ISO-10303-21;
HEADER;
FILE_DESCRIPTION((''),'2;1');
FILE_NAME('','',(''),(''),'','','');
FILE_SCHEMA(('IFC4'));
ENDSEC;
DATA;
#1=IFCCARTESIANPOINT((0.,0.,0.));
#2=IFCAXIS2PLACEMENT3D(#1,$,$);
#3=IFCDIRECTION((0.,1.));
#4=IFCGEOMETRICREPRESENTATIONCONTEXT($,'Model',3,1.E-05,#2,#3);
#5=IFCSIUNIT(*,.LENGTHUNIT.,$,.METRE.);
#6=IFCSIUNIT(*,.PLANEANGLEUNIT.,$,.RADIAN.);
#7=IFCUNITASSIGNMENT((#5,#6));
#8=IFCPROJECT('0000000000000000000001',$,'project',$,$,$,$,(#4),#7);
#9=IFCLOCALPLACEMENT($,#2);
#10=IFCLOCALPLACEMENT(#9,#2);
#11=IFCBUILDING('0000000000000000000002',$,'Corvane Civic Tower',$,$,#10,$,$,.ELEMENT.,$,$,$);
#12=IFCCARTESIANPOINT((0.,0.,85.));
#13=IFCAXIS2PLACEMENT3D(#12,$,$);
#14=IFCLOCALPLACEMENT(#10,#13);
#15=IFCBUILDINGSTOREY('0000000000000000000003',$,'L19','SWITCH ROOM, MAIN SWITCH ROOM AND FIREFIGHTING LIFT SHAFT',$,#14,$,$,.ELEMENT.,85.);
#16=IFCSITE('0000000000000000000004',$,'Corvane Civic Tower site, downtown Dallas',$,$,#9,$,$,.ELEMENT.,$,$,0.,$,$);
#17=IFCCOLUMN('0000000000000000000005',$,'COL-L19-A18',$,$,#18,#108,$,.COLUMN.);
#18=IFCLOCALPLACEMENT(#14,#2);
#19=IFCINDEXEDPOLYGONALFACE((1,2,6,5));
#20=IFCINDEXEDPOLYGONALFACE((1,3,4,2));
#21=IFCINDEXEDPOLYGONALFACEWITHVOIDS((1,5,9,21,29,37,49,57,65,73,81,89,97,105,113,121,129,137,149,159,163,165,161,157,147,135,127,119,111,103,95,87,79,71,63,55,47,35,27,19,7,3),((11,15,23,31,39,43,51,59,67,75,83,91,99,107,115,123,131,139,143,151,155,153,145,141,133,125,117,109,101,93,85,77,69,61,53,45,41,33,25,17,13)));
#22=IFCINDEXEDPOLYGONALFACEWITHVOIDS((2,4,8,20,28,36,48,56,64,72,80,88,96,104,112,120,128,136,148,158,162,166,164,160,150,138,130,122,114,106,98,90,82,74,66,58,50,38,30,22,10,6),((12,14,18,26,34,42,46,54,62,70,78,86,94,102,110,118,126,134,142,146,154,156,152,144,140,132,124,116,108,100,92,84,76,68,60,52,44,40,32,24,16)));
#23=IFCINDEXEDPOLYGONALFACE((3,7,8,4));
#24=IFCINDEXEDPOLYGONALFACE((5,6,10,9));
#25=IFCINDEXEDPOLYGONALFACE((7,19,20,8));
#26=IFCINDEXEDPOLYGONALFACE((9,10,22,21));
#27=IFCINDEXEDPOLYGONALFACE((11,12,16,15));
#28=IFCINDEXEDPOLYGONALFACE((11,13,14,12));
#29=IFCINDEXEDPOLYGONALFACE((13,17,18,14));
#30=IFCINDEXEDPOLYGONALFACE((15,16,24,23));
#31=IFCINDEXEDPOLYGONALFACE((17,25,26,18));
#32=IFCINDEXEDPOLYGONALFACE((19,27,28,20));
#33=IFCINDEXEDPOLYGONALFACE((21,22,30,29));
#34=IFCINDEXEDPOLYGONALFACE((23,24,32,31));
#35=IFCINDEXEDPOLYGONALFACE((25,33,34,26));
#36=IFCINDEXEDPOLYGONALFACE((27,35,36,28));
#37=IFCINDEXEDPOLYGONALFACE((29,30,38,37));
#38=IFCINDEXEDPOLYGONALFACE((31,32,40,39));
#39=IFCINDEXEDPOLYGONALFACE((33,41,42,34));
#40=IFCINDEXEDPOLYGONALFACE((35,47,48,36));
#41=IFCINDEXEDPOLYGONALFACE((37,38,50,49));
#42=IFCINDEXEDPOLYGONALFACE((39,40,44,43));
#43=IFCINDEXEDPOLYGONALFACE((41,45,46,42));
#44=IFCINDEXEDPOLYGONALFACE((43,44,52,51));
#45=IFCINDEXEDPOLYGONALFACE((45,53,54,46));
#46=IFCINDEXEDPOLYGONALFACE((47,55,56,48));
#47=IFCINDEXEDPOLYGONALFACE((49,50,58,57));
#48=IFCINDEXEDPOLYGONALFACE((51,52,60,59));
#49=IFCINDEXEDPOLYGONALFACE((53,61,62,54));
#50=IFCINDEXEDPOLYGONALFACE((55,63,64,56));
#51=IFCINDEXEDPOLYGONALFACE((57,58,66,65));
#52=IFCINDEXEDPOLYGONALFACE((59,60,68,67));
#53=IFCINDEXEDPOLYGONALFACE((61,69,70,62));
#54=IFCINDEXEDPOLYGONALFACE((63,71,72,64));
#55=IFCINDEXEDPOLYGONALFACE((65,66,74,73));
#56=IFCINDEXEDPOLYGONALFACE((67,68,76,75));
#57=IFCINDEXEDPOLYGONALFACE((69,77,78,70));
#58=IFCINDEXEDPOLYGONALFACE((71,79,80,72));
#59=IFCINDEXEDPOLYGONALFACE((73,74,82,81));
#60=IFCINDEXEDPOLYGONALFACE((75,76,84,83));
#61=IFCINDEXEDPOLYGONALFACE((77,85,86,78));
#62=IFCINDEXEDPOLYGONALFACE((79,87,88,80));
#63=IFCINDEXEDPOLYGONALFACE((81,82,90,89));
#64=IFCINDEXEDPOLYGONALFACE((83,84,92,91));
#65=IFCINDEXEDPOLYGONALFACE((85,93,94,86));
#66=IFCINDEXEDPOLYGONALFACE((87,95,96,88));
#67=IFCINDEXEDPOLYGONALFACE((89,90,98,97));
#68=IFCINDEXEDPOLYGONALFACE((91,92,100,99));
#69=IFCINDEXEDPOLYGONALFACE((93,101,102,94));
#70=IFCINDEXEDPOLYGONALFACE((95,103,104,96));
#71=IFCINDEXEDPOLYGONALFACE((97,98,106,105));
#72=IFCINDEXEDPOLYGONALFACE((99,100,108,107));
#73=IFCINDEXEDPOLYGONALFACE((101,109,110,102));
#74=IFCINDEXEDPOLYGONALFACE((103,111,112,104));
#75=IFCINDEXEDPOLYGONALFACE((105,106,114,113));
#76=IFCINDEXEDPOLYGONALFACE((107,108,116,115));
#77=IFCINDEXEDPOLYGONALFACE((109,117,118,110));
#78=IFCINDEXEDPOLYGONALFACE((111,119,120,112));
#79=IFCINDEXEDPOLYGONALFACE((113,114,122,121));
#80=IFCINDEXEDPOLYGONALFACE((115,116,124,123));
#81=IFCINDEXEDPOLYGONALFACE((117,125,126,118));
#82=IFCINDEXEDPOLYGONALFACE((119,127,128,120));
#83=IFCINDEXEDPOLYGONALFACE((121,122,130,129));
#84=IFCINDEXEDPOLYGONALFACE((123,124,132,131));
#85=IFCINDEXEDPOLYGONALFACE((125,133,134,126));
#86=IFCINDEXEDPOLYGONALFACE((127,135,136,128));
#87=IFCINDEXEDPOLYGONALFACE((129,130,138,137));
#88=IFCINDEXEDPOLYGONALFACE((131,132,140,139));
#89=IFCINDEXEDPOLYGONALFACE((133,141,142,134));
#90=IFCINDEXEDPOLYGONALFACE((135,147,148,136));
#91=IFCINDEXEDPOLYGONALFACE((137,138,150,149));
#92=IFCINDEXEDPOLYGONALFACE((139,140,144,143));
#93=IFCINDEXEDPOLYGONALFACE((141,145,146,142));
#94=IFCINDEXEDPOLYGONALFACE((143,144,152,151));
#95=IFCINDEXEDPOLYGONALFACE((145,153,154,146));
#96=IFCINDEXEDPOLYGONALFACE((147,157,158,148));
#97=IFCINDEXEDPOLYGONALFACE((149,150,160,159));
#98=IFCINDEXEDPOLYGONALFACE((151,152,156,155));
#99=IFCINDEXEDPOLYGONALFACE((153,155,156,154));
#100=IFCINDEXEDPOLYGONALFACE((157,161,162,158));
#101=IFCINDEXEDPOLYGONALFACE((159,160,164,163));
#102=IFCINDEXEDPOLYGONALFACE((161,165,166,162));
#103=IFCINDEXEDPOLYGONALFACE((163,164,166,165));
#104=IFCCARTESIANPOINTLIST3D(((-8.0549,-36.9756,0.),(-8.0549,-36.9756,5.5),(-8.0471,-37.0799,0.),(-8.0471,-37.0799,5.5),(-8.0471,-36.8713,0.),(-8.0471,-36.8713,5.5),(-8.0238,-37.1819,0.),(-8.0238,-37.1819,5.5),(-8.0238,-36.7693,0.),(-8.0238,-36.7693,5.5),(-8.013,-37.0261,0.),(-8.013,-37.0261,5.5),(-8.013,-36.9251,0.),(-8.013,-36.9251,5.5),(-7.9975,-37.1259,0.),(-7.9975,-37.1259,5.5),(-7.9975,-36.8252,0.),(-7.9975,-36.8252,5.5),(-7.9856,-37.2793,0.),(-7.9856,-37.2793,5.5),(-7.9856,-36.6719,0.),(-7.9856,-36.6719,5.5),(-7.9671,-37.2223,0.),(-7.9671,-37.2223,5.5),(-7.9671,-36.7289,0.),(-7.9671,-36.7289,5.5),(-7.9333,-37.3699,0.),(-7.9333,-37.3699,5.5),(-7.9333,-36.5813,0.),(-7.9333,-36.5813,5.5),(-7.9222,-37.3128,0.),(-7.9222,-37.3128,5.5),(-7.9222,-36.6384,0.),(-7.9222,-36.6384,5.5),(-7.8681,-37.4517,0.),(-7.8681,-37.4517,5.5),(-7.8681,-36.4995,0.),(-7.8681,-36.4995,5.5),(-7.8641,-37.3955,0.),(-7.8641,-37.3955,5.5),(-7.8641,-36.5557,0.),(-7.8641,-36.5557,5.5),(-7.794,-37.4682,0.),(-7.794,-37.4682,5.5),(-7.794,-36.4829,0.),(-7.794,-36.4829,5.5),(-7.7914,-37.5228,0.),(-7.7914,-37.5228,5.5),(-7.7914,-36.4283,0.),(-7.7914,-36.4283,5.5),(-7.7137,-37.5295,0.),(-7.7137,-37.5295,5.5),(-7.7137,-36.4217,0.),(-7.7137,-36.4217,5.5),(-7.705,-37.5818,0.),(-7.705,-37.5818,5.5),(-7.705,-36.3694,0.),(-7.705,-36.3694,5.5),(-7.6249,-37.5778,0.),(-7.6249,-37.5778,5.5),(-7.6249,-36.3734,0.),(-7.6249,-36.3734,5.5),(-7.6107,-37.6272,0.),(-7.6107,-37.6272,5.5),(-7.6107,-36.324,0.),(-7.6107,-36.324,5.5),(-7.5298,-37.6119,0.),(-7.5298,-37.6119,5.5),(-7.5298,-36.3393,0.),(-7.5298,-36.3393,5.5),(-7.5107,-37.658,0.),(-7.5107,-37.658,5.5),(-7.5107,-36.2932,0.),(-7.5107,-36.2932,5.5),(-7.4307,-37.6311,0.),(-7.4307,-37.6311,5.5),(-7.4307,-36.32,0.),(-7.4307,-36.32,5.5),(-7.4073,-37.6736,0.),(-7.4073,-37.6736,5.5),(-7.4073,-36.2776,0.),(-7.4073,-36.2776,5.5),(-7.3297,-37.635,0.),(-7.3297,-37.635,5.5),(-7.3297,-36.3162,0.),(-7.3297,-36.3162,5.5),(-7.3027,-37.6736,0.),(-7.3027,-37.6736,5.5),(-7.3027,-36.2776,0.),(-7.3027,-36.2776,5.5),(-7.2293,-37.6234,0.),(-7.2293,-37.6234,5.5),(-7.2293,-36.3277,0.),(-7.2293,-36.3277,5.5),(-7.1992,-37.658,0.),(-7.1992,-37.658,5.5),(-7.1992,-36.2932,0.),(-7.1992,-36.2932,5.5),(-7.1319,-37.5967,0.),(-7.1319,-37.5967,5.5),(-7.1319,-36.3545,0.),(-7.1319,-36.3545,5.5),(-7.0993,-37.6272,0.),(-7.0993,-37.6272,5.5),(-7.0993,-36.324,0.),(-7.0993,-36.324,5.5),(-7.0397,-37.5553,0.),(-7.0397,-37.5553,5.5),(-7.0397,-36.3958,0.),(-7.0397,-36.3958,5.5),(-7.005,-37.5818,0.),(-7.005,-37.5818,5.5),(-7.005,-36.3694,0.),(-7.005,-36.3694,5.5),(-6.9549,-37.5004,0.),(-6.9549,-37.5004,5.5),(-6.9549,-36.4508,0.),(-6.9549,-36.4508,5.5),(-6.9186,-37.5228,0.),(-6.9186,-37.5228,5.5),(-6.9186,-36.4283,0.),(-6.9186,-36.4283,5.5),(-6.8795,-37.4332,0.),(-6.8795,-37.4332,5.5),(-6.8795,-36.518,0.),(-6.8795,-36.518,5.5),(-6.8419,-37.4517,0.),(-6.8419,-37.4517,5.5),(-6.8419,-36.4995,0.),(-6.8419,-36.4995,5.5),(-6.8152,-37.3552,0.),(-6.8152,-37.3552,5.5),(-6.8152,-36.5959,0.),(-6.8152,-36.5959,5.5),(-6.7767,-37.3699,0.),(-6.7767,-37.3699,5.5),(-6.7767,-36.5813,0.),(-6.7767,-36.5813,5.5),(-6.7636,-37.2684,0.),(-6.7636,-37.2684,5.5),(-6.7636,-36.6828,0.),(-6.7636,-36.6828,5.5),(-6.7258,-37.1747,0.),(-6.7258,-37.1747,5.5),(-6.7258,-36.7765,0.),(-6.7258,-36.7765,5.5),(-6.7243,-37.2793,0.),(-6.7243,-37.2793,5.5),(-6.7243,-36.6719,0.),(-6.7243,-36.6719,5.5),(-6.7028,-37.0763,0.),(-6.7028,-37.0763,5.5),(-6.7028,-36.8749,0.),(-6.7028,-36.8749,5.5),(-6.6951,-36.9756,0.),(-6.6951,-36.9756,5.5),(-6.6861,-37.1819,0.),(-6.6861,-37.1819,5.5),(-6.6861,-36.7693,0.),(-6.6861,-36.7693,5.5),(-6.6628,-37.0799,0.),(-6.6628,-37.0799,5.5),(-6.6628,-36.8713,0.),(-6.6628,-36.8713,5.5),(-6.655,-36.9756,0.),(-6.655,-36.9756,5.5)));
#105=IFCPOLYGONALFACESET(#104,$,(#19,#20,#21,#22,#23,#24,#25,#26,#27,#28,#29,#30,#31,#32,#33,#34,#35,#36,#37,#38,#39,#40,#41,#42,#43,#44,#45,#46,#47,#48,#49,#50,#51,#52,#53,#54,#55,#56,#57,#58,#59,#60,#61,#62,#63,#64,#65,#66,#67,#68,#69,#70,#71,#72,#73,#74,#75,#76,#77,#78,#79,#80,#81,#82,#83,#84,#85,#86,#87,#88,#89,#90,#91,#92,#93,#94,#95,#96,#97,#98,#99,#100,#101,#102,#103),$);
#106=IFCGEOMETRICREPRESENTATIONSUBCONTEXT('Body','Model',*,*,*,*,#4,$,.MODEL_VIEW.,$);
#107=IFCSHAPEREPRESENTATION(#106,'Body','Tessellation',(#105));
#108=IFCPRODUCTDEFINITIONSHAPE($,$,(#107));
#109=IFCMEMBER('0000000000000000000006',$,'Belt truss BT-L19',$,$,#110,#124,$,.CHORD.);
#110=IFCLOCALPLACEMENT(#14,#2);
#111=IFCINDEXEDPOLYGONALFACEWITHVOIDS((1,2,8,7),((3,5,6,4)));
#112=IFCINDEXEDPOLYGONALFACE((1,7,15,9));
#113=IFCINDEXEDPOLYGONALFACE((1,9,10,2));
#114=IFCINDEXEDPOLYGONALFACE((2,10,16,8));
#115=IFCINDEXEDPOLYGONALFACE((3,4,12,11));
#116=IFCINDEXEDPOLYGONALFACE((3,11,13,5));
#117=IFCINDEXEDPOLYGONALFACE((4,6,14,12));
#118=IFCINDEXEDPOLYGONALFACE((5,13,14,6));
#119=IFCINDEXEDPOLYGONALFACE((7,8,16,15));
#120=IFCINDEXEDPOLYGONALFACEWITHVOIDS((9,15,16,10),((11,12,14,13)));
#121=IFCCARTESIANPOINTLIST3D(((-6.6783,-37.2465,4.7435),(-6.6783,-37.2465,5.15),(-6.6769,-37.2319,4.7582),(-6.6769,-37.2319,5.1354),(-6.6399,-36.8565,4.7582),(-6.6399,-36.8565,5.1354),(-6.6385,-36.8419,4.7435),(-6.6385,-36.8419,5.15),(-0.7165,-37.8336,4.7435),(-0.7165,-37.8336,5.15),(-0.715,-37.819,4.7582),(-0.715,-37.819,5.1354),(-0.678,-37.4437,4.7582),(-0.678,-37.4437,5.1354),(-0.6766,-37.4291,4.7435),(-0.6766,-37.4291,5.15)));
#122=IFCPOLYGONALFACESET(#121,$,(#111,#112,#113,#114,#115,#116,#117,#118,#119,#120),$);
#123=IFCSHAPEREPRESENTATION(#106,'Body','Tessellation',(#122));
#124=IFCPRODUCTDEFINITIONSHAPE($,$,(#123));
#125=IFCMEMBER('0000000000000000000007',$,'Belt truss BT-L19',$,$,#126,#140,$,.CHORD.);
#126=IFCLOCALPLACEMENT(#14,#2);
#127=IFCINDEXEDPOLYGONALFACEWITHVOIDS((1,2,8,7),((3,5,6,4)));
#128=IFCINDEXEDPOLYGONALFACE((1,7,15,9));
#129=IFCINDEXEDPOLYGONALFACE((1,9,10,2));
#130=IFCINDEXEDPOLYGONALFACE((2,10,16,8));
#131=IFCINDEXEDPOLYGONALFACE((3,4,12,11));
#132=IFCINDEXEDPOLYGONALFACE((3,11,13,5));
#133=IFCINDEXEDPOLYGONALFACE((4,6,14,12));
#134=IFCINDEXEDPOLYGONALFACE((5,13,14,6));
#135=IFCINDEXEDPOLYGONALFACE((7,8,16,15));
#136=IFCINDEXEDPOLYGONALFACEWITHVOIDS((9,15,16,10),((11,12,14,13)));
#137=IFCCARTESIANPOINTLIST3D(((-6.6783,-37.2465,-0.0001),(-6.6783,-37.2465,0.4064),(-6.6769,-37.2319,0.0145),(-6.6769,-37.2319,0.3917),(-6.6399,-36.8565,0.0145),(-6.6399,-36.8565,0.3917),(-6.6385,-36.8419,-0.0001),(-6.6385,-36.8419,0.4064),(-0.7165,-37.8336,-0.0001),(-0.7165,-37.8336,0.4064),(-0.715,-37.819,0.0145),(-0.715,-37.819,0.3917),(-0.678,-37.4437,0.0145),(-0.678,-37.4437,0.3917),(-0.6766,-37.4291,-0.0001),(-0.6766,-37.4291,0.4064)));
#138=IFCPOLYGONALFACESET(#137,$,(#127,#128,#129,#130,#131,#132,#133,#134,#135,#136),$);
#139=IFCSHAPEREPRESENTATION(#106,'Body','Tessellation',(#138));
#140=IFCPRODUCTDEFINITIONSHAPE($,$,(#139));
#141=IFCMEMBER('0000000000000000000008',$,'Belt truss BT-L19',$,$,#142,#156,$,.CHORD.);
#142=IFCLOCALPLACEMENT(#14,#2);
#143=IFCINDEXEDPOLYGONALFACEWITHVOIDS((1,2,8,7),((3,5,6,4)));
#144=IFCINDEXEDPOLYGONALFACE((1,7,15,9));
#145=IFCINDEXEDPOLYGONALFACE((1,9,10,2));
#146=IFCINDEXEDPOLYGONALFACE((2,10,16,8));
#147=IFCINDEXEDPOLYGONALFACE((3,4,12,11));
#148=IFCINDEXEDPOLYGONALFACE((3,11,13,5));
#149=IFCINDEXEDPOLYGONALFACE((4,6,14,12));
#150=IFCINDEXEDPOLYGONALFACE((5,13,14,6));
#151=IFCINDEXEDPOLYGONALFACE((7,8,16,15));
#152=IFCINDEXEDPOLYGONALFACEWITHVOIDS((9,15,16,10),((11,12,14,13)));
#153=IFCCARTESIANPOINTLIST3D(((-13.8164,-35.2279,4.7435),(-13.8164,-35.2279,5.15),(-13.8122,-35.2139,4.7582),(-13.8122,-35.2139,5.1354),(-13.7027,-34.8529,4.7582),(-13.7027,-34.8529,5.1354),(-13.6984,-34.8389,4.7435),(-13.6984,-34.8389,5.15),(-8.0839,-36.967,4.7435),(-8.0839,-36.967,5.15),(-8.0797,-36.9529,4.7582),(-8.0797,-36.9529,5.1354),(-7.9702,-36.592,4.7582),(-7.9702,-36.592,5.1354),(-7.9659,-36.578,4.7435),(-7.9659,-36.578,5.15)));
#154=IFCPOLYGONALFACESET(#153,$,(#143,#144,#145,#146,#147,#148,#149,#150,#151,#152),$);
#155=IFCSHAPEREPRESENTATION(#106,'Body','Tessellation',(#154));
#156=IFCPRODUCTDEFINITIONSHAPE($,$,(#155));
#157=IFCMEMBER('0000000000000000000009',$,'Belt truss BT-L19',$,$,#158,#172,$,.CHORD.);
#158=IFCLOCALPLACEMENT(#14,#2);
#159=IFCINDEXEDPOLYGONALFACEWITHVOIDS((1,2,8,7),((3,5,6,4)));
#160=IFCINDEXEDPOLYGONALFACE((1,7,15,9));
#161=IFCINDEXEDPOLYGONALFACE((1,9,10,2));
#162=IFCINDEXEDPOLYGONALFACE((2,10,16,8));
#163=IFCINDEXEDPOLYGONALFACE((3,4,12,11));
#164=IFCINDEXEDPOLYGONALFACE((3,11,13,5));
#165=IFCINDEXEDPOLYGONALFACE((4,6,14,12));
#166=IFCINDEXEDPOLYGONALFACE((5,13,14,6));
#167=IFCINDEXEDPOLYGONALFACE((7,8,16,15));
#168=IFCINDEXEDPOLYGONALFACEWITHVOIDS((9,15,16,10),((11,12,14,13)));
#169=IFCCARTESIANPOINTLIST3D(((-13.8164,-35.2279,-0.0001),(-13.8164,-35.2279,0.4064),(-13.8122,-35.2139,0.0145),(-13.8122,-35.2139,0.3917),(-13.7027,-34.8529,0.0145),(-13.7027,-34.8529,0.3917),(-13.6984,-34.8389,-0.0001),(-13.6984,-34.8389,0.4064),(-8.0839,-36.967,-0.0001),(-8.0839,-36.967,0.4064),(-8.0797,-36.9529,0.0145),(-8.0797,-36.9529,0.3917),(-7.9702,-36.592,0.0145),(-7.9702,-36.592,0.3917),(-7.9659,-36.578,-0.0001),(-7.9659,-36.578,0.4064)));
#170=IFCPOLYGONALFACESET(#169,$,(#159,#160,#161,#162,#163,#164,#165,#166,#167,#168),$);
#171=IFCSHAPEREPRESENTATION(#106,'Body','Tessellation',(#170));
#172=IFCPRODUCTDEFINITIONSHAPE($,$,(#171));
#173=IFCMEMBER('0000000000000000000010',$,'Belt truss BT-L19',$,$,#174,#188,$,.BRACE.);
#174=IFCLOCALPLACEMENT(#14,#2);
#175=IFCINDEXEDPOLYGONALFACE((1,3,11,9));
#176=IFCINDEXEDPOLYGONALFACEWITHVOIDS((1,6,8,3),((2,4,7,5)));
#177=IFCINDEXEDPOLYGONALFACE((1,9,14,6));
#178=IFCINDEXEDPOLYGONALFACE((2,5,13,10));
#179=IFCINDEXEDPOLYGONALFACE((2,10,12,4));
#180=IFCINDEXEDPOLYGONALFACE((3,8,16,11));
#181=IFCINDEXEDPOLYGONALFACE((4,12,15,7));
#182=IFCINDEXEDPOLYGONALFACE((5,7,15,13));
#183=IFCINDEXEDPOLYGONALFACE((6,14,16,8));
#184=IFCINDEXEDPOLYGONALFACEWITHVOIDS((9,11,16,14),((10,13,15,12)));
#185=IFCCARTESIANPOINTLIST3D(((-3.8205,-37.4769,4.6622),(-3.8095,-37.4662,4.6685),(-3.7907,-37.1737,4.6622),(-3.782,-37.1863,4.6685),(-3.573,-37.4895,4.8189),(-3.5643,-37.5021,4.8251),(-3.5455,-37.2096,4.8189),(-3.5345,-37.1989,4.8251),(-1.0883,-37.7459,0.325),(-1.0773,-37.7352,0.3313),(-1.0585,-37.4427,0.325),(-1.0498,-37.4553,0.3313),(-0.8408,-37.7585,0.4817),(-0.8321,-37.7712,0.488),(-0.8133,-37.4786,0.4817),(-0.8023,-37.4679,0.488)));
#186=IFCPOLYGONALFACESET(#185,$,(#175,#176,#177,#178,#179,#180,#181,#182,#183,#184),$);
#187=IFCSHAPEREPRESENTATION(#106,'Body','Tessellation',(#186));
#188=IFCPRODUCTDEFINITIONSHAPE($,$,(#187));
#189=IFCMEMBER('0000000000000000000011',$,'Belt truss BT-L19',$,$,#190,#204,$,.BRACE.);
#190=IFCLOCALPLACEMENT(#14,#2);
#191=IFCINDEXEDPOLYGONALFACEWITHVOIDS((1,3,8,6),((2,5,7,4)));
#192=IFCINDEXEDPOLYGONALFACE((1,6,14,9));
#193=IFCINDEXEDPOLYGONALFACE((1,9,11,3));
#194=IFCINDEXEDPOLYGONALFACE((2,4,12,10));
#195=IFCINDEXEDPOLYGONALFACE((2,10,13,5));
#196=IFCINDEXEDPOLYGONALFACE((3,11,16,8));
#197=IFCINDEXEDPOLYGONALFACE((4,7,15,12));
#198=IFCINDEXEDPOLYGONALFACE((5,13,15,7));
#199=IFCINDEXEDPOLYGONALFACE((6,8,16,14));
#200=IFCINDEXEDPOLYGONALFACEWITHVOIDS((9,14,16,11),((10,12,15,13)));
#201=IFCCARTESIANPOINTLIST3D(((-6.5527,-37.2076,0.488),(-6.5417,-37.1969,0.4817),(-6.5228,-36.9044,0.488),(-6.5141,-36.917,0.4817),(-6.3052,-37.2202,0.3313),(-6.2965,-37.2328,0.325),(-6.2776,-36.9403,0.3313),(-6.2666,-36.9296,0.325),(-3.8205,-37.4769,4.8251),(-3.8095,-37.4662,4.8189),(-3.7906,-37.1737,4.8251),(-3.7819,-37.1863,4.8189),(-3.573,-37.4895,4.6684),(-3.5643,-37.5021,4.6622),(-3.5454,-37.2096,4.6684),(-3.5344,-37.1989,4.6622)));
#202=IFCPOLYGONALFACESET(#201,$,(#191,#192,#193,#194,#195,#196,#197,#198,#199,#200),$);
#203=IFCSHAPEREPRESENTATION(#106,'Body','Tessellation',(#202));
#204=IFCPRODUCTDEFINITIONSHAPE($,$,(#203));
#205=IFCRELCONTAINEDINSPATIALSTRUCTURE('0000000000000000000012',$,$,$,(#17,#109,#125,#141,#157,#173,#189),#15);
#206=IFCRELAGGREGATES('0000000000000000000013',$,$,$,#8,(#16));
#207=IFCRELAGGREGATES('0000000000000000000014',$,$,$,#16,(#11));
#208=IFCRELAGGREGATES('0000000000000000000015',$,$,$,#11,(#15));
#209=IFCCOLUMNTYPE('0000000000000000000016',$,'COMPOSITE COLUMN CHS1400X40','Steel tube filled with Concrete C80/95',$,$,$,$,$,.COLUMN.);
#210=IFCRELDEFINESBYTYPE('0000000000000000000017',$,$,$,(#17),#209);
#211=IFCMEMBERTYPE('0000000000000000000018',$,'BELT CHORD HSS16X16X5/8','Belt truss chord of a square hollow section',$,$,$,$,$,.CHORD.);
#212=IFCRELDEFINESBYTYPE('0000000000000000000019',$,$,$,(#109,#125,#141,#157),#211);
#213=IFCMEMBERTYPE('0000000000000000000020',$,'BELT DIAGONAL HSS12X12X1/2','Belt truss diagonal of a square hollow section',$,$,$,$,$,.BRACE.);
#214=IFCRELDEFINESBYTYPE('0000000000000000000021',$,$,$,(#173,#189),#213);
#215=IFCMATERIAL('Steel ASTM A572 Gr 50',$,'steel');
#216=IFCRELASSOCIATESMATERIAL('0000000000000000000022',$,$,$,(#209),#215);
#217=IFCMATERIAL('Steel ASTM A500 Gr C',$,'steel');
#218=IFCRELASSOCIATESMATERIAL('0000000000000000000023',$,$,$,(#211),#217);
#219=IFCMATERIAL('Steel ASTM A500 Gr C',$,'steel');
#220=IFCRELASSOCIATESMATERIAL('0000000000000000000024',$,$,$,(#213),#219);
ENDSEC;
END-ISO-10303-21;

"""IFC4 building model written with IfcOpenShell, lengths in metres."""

from ifc_helpers import new_model, si_unit, direction, frame, origin, origin_2d, place, context, subcontext, project, spatial, hollow_rectangle, hollow_circle, extrude, material, material_profile, profile_set, type_object, element, save


model = new_model("IFC4")

# Units and contexts
model_context = context("Model", 3, precision=1e-05, world=origin(), true_north=direction((0.0, 1.0)))
body_context = subcontext(model_context, "Body", "Model", "MODEL_VIEW")
ifc_project = project(units=[si_unit("LENGTHUNIT", "METRE"), si_unit("PLANEANGLEUNIT", "RADIAN")], contexts=[model_context])

# Site, building, storey
site_placement = place(None, origin())
site = spatial("IfcSite", under=ifc_project, at=site_placement, Name="Corvane Civic Tower site, downtown Dallas", CompositionType="ELEMENT", RefElevation=0.0)
building_placement = place(site_placement, origin())
building = spatial("IfcBuilding", under=site, at=building_placement, Name="Corvane Civic Tower", CompositionType="ELEMENT")
storey_placement = place(building_placement, frame((0.0, 0.0, 85.0)))
storey = spatial("IfcBuildingStorey", under=building, at=storey_placement, Name="L19", Description="SWITCH ROOM, MAIN SWITCH ROOM AND FIREFIGHTING LIFT SHAFT", CompositionType="ELEMENT", Elevation=85.0)

# Column
ifc_material_1 = material(Name="Steel ASTM A572 Gr 50", Category="steel")
ifc_material_profile_1 = material_profile(ifc_material_1, hollow_circle(Radius=0.7, WallThickness=0.04, at=origin_2d()), Name="CHS1400X40")
ifc_profile_set_1 = profile_set([ifc_material_profile_1], Name="Steel ASTM A572 Gr 50")
column_type_1 = type_object("IfcColumnType", Name="COMPOSITE COLUMN CHS1400X40", Description="Steel tube filled with Concrete C80/95", PredefinedType="COLUMN", material=ifc_profile_set_1)
for number, where, z_axis, x_axis, name in (
    (1, (-7.355, -36.9756, 0.0), (0.0, 0.0, 1.0), (1.0, 0.0, 0.0), "COL-L19-A18"),
):
    element("IfcColumn", number, at=place(storey_placement, frame(where, z_axis=z_axis, x_axis=x_axis)), inside=storey, type_object=column_type_1, Name=name, PredefinedType="COLUMN", context=body_context, shape_type="SweptSolid", body=[
        extrude(hollow_circle(Radius=0.7, WallThickness=0.04, at=origin_2d()), origin(), (0.0, 0.0, 1.0), 5.5),
    ])

# Members
ifc_material_2 = material(Name="Steel ASTM A500 Gr C", Category="steel")
ifc_material_profile_2 = material_profile(ifc_material_2, hollow_rectangle(XDim=0.4065, YDim=0.4065, WallThickness=0.0146, at=origin_2d()), Name="HSS16X16X5/8")
ifc_profile_set_2 = profile_set([ifc_material_profile_2], Name="Steel ASTM A500 Gr C")
member_type_1 = type_object("IfcMemberType", Name="BELT CHORD HSS16X16X5/8", Description="Belt truss chord of a square hollow section", PredefinedType="CHORD", material=ifc_profile_set_2)
for number, where, z_axis, x_axis, name in (
    (2, (-0.6965, -37.6313, 4.9468), (-0.995185, 0.098011, 0.0), (-0.098011, -0.995185, 0.0), "Belt truss BT-L19"),
    (3, (-0.6965, -37.6313, 0.2031), (-0.995185, 0.098011, 0.0), (-0.098011, -0.995185, 0.0), "Belt truss BT-L19"),
):
    element("IfcMember", number, at=place(storey_placement, frame(where, z_axis=z_axis, x_axis=x_axis)), inside=storey, type_object=member_type_1, Name=name, PredefinedType="CHORD", context=body_context, shape_type="SweptSolid", body=[
        extrude(hollow_rectangle(XDim=0.4065, YDim=0.4065, WallThickness=0.0146, at=origin_2d()), origin(), (0.0, 0.0, 1.0), 5.9907),
    ])
for number, where, z_axis, x_axis, name in (
    (4, (-8.0249, -36.7725, 4.9468), (-0.956936, 0.2903, 0.0), (-0.2903, -0.956936, 0.0), "Belt truss BT-L19"),
    (5, (-8.0249, -36.7725, 0.2031), (-0.956936, 0.2903, 0.0), (-0.2903, -0.956936, 0.0), "Belt truss BT-L19"),
):
    element("IfcMember", number, at=place(storey_placement, frame(where, z_axis=z_axis, x_axis=x_axis)), inside=storey, type_object=member_type_1, Name=name, PredefinedType="CHORD", context=body_context, shape_type="SweptSolid", body=[
        extrude(hollow_rectangle(XDim=0.4065, YDim=0.4065, WallThickness=0.0146, at=origin_2d()), origin(), (0.0, 0.0, 1.0), 5.9905),
    ])
ifc_material_3 = material(Name="Steel ASTM A500 Gr C", Category="steel")
ifc_material_profile_3 = material_profile(ifc_material_3, hollow_rectangle(XDim=0.3047, YDim=0.3047, WallThickness=0.0117, at=origin_2d()), Name="HSS12X12X1/2")
ifc_profile_set_3 = profile_set([ifc_material_profile_3], Name="Steel ASTM A500 Gr C")
member_type_2 = type_object("IfcMemberType", Name="BELT DIAGONAL HSS12X12X1/2", Description="Belt truss diagonal of a square hollow section", PredefinedType="BRACE", material=ifc_profile_set_3)
for number, where, z_axis, x_axis, name in (
    (6, (-0.9453, -37.6069, 0.4065), (-0.532273, 0.052414, 0.844949), (-0.097998, -0.995187, 0.0), "Belt truss BT-L19"),
    (7, (-6.4097, -37.0686, 0.4065), (0.532271, -0.052461, 0.844947), (0.098086, 0.995178, 0.0), "Belt truss BT-L19"),
):
    element("IfcMember", number, at=place(storey_placement, frame(where, z_axis=z_axis, x_axis=x_axis)), inside=storey, type_object=member_type_2, Name=name, PredefinedType="BRACE", context=body_context, shape_type="SweptSolid", body=[
        extrude(hollow_rectangle(XDim=0.3047, YDim=0.3047, WallThickness=0.0117, at=origin_2d()), origin(), (0.0, 0.0, 1.0), 5.1331),
    ])

save(model, "model.ifc")
